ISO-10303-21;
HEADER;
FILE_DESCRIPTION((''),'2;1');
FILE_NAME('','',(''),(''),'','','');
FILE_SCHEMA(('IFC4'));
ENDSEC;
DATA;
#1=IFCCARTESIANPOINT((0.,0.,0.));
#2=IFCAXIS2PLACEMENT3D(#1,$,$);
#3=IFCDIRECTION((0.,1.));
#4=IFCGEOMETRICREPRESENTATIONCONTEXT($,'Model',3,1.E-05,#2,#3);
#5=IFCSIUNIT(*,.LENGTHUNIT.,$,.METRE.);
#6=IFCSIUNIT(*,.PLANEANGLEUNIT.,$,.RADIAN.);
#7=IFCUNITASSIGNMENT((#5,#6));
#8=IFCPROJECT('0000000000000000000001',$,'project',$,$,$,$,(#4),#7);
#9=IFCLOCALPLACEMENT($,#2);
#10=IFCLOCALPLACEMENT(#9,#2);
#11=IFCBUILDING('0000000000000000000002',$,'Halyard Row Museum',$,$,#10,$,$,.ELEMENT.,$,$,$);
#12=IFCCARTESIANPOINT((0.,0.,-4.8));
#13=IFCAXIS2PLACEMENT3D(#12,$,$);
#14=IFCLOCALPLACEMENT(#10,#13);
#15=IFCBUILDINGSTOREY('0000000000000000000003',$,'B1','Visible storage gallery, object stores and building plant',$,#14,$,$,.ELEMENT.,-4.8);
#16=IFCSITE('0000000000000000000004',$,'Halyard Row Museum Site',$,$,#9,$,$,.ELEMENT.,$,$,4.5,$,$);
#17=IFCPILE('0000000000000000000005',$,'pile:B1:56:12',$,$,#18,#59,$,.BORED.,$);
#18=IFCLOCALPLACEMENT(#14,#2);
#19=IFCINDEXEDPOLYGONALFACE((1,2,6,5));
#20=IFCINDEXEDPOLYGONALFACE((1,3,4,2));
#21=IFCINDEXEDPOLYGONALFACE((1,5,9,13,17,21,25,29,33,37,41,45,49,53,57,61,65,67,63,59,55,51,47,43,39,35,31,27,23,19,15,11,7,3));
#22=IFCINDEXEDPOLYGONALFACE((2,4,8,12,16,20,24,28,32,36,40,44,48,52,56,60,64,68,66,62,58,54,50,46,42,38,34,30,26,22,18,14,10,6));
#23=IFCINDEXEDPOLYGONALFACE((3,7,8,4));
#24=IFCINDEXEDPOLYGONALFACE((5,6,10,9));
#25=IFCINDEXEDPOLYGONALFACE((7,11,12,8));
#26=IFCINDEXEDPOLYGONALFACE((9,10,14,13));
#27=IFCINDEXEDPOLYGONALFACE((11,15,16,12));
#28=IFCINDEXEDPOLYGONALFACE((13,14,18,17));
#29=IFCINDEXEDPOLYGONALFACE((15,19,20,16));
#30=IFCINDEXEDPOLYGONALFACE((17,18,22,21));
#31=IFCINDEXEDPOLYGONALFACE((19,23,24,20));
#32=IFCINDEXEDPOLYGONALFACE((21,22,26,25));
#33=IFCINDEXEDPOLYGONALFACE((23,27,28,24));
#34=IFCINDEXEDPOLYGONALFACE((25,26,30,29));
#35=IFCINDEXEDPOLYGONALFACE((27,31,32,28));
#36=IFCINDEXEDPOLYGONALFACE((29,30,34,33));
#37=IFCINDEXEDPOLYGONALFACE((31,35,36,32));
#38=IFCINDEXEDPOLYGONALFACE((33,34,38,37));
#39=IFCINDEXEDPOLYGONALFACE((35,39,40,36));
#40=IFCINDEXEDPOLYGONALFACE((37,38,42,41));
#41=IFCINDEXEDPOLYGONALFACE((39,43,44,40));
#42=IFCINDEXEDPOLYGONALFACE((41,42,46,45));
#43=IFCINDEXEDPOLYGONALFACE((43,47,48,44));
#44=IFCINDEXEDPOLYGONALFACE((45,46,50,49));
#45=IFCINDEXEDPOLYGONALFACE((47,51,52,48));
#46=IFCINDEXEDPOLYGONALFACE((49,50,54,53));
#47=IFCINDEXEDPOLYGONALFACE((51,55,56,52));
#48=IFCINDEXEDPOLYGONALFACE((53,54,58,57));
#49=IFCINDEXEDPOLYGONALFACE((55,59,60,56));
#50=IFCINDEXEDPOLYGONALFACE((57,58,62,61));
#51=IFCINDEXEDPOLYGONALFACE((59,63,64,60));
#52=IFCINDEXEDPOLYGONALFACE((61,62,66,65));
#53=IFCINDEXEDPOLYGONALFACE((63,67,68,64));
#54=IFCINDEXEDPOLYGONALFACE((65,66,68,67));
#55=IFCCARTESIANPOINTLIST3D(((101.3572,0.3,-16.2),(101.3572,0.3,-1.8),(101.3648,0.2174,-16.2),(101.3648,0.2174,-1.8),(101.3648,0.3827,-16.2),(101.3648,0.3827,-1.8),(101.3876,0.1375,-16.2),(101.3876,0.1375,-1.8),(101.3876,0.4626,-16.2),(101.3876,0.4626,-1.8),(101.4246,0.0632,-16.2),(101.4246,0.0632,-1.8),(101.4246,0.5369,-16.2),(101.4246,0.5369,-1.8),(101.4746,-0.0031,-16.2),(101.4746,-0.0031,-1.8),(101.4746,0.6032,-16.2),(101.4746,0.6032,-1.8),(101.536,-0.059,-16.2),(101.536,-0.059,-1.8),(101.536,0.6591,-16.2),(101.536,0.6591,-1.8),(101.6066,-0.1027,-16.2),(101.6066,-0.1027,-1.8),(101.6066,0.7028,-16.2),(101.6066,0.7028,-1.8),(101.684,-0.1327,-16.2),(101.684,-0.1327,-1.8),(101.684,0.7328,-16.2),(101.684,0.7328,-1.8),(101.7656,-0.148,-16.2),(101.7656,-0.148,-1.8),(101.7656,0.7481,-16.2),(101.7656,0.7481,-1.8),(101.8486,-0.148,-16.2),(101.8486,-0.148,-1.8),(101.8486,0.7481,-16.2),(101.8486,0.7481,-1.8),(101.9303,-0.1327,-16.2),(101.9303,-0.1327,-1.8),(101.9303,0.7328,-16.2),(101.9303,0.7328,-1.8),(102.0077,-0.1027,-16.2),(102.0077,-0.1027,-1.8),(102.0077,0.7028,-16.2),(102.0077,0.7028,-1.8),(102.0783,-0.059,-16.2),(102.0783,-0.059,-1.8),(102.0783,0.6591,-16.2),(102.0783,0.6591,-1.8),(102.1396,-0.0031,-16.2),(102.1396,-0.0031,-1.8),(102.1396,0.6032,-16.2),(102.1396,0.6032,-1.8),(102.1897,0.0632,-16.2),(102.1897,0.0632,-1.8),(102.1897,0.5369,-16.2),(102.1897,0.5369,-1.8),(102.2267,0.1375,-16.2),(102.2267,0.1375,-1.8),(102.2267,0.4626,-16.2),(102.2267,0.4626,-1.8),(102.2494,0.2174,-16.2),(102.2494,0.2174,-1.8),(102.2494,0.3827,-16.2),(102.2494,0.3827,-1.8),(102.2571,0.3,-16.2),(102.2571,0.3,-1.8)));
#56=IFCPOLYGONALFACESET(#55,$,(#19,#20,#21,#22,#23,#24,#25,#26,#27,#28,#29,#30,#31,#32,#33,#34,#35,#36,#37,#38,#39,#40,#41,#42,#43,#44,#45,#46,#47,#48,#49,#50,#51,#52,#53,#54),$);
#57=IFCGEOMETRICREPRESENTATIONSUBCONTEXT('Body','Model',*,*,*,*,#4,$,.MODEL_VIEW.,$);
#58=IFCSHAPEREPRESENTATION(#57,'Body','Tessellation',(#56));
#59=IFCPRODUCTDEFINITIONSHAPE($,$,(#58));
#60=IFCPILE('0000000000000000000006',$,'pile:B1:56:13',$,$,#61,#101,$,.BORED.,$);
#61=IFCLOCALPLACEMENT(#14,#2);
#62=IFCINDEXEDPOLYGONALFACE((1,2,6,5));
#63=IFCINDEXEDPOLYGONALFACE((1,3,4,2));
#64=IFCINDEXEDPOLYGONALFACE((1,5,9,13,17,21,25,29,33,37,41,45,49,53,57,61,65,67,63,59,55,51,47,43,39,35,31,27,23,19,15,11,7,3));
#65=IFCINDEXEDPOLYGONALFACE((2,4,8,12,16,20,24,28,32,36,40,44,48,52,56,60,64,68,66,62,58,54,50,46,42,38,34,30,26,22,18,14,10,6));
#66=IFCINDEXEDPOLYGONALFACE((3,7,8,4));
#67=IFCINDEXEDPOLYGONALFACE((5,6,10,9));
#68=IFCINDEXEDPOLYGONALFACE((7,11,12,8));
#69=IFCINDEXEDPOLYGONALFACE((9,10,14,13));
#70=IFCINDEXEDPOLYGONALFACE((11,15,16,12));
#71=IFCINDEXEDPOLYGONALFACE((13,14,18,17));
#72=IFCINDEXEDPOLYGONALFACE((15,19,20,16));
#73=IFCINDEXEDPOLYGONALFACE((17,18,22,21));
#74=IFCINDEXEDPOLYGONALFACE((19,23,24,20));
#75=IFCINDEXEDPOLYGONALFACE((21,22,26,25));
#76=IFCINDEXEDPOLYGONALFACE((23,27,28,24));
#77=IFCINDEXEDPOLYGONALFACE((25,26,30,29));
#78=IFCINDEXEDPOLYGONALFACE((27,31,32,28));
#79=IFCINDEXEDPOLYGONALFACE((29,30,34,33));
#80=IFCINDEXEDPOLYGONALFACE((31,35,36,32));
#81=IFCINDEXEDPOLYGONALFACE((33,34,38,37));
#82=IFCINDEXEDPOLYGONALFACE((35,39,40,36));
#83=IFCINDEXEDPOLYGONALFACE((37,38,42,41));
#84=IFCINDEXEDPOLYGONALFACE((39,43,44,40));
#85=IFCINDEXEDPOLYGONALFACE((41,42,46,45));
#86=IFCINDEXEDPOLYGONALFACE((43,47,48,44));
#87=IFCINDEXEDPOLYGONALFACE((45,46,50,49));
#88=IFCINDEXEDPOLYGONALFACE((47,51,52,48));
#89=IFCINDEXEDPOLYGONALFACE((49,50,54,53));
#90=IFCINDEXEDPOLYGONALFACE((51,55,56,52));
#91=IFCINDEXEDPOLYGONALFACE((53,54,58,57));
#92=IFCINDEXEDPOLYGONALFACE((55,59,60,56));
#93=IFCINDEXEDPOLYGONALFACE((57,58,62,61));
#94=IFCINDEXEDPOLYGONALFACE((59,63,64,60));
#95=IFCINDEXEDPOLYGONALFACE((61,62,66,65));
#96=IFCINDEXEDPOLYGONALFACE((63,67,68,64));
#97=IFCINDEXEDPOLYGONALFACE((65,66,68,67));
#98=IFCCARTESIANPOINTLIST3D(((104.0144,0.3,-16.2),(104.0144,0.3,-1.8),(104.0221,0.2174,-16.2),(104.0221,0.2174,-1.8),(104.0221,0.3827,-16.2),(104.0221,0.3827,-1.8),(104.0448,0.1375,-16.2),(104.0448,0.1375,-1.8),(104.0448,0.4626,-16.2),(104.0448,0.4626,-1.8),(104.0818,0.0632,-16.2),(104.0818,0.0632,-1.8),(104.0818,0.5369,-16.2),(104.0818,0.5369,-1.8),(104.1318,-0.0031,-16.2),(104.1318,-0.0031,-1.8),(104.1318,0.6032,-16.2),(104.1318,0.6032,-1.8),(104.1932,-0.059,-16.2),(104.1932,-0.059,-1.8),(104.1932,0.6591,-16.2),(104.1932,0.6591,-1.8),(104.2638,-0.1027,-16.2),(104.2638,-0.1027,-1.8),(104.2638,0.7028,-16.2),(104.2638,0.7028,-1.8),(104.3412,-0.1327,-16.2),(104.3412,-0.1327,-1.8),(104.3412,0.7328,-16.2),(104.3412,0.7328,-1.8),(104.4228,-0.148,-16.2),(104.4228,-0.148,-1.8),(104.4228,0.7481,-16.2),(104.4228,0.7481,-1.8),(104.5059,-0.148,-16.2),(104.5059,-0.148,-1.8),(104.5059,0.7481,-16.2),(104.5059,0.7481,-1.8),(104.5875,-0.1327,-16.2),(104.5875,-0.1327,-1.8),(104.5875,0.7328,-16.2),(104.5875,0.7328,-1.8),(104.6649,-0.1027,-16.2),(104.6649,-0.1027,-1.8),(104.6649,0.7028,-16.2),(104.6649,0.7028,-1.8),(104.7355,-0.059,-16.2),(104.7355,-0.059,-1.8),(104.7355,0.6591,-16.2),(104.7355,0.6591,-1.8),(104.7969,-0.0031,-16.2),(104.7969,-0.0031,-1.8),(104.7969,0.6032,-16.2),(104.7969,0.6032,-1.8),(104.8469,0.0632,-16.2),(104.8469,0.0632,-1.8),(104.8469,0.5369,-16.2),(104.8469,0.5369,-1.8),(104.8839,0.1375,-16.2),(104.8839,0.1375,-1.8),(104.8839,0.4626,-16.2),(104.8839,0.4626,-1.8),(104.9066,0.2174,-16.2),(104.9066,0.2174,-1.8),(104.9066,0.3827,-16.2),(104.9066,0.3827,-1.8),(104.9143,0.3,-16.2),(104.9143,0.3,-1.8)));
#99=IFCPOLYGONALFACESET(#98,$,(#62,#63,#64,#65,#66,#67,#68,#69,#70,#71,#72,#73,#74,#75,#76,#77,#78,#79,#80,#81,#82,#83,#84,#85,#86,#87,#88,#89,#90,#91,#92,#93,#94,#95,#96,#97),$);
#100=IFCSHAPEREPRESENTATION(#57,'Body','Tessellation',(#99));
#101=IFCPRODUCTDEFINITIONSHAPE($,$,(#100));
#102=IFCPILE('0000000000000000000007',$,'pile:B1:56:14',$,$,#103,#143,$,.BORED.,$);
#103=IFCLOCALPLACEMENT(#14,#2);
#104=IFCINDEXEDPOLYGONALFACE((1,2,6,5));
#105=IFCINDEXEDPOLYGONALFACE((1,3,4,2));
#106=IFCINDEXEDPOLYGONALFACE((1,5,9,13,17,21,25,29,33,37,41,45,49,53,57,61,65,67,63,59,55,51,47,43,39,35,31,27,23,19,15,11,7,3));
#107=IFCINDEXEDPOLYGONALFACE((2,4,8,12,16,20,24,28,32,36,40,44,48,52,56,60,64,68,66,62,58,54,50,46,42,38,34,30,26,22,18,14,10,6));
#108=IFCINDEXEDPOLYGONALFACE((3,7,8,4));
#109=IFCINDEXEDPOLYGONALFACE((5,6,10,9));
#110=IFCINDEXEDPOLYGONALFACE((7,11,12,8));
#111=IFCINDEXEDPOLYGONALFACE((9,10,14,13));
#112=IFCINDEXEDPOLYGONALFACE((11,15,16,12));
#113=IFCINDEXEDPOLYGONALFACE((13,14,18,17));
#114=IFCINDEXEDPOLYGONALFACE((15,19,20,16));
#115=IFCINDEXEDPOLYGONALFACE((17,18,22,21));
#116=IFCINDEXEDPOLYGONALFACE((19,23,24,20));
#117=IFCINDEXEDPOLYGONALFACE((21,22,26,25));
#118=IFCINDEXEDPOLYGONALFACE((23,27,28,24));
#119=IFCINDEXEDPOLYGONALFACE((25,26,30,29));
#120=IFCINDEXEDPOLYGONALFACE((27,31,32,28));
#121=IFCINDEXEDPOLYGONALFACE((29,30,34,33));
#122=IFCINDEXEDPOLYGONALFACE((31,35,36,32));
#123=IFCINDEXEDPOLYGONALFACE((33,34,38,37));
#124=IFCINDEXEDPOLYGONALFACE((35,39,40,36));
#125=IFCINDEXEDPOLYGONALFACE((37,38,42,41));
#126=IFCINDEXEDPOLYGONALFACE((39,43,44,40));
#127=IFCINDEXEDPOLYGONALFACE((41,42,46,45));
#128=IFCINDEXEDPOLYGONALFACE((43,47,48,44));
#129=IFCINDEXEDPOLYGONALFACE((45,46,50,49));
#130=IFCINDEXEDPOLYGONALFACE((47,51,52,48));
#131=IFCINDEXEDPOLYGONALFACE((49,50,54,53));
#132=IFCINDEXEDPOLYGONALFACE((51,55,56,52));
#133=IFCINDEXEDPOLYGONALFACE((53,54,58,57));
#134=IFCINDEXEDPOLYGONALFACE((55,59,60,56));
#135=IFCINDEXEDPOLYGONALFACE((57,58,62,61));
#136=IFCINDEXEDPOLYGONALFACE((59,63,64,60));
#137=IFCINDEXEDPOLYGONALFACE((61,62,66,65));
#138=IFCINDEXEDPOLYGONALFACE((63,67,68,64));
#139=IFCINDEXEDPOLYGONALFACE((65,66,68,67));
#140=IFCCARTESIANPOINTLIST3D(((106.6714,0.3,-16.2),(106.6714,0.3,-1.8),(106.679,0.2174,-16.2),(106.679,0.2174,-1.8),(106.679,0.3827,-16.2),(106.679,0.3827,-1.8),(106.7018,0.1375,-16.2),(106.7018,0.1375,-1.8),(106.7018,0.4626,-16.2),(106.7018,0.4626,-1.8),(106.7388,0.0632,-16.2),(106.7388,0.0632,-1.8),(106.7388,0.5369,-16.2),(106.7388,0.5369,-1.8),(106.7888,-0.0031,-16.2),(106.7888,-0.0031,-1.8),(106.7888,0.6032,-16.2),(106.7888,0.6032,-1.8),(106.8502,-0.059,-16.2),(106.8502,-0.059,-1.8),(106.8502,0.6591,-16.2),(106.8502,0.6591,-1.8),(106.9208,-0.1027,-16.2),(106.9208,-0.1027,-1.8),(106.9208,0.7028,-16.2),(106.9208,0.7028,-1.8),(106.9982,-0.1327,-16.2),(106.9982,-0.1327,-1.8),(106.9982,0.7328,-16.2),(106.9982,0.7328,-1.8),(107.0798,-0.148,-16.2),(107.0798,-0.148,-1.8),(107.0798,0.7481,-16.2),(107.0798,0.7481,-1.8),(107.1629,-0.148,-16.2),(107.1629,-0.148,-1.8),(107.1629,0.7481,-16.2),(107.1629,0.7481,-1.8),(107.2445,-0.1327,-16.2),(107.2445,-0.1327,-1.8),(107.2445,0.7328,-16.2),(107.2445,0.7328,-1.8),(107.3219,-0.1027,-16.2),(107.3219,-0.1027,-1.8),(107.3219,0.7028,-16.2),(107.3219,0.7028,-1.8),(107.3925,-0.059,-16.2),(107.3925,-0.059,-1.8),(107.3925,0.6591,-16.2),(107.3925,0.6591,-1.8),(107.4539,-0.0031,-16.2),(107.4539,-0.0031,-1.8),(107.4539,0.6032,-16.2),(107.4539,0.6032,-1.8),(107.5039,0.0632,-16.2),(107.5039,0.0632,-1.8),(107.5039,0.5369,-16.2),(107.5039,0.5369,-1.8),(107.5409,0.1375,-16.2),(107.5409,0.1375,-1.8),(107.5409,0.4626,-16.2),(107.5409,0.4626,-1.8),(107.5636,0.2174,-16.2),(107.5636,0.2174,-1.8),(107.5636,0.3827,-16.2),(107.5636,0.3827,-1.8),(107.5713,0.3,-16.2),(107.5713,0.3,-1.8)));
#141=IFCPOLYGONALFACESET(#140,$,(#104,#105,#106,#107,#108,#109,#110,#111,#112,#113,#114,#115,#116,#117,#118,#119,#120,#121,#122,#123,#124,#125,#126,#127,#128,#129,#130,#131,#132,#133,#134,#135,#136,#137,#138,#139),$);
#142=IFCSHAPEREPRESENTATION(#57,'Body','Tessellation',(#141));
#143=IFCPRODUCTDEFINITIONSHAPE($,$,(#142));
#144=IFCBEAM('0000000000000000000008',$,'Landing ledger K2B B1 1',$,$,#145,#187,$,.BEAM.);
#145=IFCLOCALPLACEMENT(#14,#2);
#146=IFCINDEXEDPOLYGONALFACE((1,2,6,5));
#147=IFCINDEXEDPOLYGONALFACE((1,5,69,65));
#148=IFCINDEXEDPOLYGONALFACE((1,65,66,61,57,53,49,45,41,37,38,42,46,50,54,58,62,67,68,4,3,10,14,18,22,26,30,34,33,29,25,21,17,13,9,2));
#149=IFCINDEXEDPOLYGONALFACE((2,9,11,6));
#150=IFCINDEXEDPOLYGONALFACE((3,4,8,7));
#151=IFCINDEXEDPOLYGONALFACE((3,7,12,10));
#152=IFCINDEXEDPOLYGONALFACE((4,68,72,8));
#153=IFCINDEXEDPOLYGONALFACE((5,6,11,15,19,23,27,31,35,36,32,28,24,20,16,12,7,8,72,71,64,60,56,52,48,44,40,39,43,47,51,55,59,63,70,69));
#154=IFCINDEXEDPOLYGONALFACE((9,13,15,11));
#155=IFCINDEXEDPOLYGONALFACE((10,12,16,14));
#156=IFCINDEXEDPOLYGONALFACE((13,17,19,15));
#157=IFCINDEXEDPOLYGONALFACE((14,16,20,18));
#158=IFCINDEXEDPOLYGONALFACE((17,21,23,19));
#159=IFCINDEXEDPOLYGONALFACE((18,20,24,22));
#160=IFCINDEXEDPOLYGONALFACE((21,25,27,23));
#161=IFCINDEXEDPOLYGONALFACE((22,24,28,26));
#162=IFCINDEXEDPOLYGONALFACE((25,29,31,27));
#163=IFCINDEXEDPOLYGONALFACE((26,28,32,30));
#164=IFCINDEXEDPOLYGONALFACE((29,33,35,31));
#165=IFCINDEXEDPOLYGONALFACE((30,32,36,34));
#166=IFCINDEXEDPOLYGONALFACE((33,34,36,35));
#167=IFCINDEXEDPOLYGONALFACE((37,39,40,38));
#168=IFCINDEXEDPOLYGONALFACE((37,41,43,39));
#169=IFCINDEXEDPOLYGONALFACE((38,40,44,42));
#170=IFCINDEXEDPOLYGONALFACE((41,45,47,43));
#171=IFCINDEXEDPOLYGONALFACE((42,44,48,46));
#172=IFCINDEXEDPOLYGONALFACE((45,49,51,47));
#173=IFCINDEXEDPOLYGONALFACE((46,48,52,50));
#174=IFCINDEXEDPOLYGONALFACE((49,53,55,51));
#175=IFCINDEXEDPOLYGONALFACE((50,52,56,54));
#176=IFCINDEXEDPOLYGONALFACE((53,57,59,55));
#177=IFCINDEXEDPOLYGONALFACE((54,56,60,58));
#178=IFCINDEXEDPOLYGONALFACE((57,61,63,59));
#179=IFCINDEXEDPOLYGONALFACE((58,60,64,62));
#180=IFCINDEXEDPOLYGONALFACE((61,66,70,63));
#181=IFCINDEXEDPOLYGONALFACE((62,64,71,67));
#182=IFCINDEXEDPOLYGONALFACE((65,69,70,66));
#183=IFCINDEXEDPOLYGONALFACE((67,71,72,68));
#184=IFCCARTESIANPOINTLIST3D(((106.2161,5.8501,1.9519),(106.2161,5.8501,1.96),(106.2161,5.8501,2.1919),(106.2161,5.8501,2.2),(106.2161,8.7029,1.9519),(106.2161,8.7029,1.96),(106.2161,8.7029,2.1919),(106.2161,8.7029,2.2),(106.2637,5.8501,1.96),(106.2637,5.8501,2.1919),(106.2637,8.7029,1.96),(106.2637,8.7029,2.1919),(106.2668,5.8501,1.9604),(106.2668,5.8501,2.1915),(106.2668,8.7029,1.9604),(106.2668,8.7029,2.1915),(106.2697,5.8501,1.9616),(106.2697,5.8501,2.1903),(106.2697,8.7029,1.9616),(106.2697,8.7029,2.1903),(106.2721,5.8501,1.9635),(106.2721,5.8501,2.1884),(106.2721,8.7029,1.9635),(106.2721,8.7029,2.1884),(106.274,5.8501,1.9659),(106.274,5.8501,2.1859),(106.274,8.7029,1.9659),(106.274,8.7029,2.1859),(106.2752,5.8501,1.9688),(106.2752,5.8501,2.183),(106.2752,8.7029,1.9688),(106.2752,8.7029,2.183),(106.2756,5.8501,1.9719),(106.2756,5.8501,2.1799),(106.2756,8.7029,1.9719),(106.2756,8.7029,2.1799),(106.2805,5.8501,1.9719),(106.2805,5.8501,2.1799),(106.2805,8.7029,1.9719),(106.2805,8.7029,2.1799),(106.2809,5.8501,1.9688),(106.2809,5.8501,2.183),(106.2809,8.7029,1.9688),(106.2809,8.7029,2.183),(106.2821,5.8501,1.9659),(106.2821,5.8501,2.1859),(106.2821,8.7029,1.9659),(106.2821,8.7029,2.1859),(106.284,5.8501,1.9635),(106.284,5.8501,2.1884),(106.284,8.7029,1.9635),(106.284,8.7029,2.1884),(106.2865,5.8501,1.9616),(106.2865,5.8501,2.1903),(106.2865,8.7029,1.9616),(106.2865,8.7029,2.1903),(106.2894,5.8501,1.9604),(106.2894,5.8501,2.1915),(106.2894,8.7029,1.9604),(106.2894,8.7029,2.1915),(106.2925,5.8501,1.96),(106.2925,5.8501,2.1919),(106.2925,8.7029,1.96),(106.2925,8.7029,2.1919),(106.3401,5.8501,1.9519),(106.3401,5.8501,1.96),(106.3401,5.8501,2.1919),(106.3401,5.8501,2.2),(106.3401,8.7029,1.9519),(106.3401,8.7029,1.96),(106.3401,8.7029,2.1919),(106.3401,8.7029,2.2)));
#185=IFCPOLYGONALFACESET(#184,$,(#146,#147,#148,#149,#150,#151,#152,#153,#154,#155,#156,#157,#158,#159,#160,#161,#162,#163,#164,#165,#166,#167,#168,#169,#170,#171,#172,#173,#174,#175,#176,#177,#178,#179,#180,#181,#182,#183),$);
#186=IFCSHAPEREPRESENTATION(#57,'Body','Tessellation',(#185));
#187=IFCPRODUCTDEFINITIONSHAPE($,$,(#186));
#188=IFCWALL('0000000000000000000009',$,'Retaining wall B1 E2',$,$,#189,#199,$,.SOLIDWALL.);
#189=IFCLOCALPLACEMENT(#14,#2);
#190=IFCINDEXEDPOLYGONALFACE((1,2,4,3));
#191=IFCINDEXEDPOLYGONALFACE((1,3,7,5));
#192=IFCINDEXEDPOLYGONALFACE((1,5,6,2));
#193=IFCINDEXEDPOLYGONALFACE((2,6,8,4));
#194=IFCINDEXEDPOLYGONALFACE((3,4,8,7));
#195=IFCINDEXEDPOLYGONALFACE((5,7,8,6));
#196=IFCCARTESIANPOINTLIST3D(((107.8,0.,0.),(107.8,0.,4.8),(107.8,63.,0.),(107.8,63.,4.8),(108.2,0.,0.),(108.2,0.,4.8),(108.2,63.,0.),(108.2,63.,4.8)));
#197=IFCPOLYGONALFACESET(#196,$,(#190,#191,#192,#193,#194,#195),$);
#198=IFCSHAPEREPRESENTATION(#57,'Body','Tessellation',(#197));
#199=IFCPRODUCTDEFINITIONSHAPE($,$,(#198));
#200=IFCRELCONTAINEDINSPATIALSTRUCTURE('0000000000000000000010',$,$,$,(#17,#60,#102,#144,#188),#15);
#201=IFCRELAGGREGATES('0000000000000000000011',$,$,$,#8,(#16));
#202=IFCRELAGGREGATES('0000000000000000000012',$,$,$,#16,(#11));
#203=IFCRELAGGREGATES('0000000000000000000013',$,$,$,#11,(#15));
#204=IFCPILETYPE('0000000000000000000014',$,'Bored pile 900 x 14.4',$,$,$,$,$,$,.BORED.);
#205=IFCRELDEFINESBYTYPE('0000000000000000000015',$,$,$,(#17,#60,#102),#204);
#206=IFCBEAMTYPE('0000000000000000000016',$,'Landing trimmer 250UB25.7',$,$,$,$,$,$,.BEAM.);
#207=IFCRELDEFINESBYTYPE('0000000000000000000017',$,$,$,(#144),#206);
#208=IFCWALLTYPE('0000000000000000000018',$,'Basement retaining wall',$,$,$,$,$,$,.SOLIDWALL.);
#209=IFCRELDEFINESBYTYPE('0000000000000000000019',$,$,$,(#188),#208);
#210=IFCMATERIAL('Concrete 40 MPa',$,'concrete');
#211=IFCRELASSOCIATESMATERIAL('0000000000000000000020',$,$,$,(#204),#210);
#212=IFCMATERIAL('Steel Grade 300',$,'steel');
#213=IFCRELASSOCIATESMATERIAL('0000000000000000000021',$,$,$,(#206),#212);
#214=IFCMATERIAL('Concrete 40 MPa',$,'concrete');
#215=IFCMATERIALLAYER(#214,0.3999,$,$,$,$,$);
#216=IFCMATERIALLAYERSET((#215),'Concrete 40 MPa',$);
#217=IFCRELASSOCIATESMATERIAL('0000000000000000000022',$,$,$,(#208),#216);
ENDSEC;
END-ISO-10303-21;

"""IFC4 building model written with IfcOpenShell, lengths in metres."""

from ifc_helpers import new_model, si_unit, direction, frame, frame_2d, origin, origin_2d, place, context, subcontext, project, spatial, rectangle, circle, i_section, extrude, material, layer, layer_set, material_profile, profile_set, type_object, element, save


model = new_model("IFC4")

# Units and contexts
model_context = context("Model", 3, precision=1e-05, world=origin(), true_north=direction((0.0, 1.0)))
body_context = subcontext(model_context, "Body", "Model", "MODEL_VIEW")
ifc_project = project(units=[si_unit("LENGTHUNIT", "METRE"), si_unit("PLANEANGLEUNIT", "RADIAN")], contexts=[model_context])

# Site, building, storey
site_placement = place(None, origin())
site = spatial("IfcSite", under=ifc_project, at=site_placement, Name="Halyard Row Museum Site", CompositionType="ELEMENT", RefElevation=4.5)
building_placement = place(site_placement, origin())
building = spatial("IfcBuilding", under=site, at=building_placement, Name="Halyard Row Museum", CompositionType="ELEMENT")
storey_placement = place(building_placement, frame((0.0, 0.0, -4.8)))
storey = spatial("IfcBuildingStorey", under=building, at=storey_placement, Name="B1", Description="Visible storage gallery, object stores and building plant", CompositionType="ELEMENT", Elevation=-4.8)

# Piles
ifc_material_1 = material(Name="Concrete 40 MPa", Category="concrete")
ifc_material_profile_1 = material_profile(ifc_material_1, circle(Radius=0.45, at=origin_2d()), Name="Bored pile 900 x 14.4")
ifc_profile_set_1 = profile_set([ifc_material_profile_1], Name="Concrete 40 MPa")
pile_type_1 = type_object("IfcPileType", Name="Bored pile 900 x 14.4", PredefinedType="BORED", material=ifc_profile_set_1)
for number, where, z_axis, x_axis, name in (
    (1, (101.8071, 0.3, -1.8), (0.0, 0.0, -1.0), (1.0, 0.0, 0.0), "pile:B1:56:12"),
    (2, (104.4644, 0.3, -1.8), (0.0, 0.0, -1.0), (1.0, 0.0, 0.0), "pile:B1:56:13"),
    (3, (107.1213, 0.3, -1.8), (0.0, 0.0, -1.0), (1.0, 0.0, 0.0), "pile:B1:56:14"),
):
    element("IfcPile", number, at=place(storey_placement, frame(where, z_axis=z_axis, x_axis=x_axis)), inside=storey, type_object=pile_type_1, Name=name, PredefinedType="BORED", context=body_context, shape_type="SweptSolid", body=[
        extrude(circle(Radius=0.45, at=origin_2d()), origin(), (0.0, 0.0, 1.0), 14.3999),
    ])

# Beam
ifc_material_2 = material(Name="Steel Grade 300", Category="steel")
ifc_material_profile_2 = material_profile(ifc_material_2, i_section(OverallWidth=0.124, OverallDepth=0.248, WebThickness=0.0049, FlangeThickness=0.0081, FilletRadius=0.012, at=origin_2d()), Name="250UB25.7")
ifc_profile_set_2 = profile_set([ifc_material_profile_2], Name="Steel Grade 300")
beam_type = type_object("IfcBeamType", Name="Landing trimmer 250UB25.7", PredefinedType="BEAM", material=ifc_profile_set_2)
beam_placement = place(storey_placement, frame((106.2781, 8.7029, 2.0759), z_axis=(0.0, -1.0, 0.0), x_axis=(1.0, 0.0, 0.0)))
element("IfcBeam", 4, at=beam_placement, inside=storey, type_object=beam_type, Name="Landing ledger K2B B1 1", PredefinedType="BEAM", context=body_context, shape_type="SweptSolid", body=[
    extrude(i_section(OverallWidth=0.124, OverallDepth=0.248, WebThickness=0.0049, FlangeThickness=0.0081, FilletRadius=0.012, at=origin_2d()), origin(), (0.0, 0.0, 1.0), 2.8528),
])

# Wall
ifc_material_3 = material(Name="Concrete 40 MPa", Category="concrete")
ifc_layer_1 = layer(ifc_material_3, 0.3999)
ifc_layer_set_1 = layer_set([ifc_layer_1], Name="Concrete 40 MPa")
wall_type_1 = type_object("IfcWallType", Name="Basement retaining wall", PredefinedType="SOLIDWALL", material=ifc_layer_set_1)
wall_1_placement = place(storey_placement, frame((108.0, 0.0, 0.0), z_axis=(0.0, 0.0, 1.0), x_axis=(0.0, 1.0, 0.0)))
element("IfcWall", 5, at=wall_1_placement, inside=storey, type_object=wall_type_1, Name="Retaining wall B1 E2", PredefinedType="SOLIDWALL", context=body_context, shape_type="SweptSolid", body=[
    extrude(rectangle(XDim=63.0, YDim=0.3999, at=frame_2d((31.5, 0.0))), origin(), (0.0, 0.0, 1.0), 4.8),
])

save(model, "model.ifc")
